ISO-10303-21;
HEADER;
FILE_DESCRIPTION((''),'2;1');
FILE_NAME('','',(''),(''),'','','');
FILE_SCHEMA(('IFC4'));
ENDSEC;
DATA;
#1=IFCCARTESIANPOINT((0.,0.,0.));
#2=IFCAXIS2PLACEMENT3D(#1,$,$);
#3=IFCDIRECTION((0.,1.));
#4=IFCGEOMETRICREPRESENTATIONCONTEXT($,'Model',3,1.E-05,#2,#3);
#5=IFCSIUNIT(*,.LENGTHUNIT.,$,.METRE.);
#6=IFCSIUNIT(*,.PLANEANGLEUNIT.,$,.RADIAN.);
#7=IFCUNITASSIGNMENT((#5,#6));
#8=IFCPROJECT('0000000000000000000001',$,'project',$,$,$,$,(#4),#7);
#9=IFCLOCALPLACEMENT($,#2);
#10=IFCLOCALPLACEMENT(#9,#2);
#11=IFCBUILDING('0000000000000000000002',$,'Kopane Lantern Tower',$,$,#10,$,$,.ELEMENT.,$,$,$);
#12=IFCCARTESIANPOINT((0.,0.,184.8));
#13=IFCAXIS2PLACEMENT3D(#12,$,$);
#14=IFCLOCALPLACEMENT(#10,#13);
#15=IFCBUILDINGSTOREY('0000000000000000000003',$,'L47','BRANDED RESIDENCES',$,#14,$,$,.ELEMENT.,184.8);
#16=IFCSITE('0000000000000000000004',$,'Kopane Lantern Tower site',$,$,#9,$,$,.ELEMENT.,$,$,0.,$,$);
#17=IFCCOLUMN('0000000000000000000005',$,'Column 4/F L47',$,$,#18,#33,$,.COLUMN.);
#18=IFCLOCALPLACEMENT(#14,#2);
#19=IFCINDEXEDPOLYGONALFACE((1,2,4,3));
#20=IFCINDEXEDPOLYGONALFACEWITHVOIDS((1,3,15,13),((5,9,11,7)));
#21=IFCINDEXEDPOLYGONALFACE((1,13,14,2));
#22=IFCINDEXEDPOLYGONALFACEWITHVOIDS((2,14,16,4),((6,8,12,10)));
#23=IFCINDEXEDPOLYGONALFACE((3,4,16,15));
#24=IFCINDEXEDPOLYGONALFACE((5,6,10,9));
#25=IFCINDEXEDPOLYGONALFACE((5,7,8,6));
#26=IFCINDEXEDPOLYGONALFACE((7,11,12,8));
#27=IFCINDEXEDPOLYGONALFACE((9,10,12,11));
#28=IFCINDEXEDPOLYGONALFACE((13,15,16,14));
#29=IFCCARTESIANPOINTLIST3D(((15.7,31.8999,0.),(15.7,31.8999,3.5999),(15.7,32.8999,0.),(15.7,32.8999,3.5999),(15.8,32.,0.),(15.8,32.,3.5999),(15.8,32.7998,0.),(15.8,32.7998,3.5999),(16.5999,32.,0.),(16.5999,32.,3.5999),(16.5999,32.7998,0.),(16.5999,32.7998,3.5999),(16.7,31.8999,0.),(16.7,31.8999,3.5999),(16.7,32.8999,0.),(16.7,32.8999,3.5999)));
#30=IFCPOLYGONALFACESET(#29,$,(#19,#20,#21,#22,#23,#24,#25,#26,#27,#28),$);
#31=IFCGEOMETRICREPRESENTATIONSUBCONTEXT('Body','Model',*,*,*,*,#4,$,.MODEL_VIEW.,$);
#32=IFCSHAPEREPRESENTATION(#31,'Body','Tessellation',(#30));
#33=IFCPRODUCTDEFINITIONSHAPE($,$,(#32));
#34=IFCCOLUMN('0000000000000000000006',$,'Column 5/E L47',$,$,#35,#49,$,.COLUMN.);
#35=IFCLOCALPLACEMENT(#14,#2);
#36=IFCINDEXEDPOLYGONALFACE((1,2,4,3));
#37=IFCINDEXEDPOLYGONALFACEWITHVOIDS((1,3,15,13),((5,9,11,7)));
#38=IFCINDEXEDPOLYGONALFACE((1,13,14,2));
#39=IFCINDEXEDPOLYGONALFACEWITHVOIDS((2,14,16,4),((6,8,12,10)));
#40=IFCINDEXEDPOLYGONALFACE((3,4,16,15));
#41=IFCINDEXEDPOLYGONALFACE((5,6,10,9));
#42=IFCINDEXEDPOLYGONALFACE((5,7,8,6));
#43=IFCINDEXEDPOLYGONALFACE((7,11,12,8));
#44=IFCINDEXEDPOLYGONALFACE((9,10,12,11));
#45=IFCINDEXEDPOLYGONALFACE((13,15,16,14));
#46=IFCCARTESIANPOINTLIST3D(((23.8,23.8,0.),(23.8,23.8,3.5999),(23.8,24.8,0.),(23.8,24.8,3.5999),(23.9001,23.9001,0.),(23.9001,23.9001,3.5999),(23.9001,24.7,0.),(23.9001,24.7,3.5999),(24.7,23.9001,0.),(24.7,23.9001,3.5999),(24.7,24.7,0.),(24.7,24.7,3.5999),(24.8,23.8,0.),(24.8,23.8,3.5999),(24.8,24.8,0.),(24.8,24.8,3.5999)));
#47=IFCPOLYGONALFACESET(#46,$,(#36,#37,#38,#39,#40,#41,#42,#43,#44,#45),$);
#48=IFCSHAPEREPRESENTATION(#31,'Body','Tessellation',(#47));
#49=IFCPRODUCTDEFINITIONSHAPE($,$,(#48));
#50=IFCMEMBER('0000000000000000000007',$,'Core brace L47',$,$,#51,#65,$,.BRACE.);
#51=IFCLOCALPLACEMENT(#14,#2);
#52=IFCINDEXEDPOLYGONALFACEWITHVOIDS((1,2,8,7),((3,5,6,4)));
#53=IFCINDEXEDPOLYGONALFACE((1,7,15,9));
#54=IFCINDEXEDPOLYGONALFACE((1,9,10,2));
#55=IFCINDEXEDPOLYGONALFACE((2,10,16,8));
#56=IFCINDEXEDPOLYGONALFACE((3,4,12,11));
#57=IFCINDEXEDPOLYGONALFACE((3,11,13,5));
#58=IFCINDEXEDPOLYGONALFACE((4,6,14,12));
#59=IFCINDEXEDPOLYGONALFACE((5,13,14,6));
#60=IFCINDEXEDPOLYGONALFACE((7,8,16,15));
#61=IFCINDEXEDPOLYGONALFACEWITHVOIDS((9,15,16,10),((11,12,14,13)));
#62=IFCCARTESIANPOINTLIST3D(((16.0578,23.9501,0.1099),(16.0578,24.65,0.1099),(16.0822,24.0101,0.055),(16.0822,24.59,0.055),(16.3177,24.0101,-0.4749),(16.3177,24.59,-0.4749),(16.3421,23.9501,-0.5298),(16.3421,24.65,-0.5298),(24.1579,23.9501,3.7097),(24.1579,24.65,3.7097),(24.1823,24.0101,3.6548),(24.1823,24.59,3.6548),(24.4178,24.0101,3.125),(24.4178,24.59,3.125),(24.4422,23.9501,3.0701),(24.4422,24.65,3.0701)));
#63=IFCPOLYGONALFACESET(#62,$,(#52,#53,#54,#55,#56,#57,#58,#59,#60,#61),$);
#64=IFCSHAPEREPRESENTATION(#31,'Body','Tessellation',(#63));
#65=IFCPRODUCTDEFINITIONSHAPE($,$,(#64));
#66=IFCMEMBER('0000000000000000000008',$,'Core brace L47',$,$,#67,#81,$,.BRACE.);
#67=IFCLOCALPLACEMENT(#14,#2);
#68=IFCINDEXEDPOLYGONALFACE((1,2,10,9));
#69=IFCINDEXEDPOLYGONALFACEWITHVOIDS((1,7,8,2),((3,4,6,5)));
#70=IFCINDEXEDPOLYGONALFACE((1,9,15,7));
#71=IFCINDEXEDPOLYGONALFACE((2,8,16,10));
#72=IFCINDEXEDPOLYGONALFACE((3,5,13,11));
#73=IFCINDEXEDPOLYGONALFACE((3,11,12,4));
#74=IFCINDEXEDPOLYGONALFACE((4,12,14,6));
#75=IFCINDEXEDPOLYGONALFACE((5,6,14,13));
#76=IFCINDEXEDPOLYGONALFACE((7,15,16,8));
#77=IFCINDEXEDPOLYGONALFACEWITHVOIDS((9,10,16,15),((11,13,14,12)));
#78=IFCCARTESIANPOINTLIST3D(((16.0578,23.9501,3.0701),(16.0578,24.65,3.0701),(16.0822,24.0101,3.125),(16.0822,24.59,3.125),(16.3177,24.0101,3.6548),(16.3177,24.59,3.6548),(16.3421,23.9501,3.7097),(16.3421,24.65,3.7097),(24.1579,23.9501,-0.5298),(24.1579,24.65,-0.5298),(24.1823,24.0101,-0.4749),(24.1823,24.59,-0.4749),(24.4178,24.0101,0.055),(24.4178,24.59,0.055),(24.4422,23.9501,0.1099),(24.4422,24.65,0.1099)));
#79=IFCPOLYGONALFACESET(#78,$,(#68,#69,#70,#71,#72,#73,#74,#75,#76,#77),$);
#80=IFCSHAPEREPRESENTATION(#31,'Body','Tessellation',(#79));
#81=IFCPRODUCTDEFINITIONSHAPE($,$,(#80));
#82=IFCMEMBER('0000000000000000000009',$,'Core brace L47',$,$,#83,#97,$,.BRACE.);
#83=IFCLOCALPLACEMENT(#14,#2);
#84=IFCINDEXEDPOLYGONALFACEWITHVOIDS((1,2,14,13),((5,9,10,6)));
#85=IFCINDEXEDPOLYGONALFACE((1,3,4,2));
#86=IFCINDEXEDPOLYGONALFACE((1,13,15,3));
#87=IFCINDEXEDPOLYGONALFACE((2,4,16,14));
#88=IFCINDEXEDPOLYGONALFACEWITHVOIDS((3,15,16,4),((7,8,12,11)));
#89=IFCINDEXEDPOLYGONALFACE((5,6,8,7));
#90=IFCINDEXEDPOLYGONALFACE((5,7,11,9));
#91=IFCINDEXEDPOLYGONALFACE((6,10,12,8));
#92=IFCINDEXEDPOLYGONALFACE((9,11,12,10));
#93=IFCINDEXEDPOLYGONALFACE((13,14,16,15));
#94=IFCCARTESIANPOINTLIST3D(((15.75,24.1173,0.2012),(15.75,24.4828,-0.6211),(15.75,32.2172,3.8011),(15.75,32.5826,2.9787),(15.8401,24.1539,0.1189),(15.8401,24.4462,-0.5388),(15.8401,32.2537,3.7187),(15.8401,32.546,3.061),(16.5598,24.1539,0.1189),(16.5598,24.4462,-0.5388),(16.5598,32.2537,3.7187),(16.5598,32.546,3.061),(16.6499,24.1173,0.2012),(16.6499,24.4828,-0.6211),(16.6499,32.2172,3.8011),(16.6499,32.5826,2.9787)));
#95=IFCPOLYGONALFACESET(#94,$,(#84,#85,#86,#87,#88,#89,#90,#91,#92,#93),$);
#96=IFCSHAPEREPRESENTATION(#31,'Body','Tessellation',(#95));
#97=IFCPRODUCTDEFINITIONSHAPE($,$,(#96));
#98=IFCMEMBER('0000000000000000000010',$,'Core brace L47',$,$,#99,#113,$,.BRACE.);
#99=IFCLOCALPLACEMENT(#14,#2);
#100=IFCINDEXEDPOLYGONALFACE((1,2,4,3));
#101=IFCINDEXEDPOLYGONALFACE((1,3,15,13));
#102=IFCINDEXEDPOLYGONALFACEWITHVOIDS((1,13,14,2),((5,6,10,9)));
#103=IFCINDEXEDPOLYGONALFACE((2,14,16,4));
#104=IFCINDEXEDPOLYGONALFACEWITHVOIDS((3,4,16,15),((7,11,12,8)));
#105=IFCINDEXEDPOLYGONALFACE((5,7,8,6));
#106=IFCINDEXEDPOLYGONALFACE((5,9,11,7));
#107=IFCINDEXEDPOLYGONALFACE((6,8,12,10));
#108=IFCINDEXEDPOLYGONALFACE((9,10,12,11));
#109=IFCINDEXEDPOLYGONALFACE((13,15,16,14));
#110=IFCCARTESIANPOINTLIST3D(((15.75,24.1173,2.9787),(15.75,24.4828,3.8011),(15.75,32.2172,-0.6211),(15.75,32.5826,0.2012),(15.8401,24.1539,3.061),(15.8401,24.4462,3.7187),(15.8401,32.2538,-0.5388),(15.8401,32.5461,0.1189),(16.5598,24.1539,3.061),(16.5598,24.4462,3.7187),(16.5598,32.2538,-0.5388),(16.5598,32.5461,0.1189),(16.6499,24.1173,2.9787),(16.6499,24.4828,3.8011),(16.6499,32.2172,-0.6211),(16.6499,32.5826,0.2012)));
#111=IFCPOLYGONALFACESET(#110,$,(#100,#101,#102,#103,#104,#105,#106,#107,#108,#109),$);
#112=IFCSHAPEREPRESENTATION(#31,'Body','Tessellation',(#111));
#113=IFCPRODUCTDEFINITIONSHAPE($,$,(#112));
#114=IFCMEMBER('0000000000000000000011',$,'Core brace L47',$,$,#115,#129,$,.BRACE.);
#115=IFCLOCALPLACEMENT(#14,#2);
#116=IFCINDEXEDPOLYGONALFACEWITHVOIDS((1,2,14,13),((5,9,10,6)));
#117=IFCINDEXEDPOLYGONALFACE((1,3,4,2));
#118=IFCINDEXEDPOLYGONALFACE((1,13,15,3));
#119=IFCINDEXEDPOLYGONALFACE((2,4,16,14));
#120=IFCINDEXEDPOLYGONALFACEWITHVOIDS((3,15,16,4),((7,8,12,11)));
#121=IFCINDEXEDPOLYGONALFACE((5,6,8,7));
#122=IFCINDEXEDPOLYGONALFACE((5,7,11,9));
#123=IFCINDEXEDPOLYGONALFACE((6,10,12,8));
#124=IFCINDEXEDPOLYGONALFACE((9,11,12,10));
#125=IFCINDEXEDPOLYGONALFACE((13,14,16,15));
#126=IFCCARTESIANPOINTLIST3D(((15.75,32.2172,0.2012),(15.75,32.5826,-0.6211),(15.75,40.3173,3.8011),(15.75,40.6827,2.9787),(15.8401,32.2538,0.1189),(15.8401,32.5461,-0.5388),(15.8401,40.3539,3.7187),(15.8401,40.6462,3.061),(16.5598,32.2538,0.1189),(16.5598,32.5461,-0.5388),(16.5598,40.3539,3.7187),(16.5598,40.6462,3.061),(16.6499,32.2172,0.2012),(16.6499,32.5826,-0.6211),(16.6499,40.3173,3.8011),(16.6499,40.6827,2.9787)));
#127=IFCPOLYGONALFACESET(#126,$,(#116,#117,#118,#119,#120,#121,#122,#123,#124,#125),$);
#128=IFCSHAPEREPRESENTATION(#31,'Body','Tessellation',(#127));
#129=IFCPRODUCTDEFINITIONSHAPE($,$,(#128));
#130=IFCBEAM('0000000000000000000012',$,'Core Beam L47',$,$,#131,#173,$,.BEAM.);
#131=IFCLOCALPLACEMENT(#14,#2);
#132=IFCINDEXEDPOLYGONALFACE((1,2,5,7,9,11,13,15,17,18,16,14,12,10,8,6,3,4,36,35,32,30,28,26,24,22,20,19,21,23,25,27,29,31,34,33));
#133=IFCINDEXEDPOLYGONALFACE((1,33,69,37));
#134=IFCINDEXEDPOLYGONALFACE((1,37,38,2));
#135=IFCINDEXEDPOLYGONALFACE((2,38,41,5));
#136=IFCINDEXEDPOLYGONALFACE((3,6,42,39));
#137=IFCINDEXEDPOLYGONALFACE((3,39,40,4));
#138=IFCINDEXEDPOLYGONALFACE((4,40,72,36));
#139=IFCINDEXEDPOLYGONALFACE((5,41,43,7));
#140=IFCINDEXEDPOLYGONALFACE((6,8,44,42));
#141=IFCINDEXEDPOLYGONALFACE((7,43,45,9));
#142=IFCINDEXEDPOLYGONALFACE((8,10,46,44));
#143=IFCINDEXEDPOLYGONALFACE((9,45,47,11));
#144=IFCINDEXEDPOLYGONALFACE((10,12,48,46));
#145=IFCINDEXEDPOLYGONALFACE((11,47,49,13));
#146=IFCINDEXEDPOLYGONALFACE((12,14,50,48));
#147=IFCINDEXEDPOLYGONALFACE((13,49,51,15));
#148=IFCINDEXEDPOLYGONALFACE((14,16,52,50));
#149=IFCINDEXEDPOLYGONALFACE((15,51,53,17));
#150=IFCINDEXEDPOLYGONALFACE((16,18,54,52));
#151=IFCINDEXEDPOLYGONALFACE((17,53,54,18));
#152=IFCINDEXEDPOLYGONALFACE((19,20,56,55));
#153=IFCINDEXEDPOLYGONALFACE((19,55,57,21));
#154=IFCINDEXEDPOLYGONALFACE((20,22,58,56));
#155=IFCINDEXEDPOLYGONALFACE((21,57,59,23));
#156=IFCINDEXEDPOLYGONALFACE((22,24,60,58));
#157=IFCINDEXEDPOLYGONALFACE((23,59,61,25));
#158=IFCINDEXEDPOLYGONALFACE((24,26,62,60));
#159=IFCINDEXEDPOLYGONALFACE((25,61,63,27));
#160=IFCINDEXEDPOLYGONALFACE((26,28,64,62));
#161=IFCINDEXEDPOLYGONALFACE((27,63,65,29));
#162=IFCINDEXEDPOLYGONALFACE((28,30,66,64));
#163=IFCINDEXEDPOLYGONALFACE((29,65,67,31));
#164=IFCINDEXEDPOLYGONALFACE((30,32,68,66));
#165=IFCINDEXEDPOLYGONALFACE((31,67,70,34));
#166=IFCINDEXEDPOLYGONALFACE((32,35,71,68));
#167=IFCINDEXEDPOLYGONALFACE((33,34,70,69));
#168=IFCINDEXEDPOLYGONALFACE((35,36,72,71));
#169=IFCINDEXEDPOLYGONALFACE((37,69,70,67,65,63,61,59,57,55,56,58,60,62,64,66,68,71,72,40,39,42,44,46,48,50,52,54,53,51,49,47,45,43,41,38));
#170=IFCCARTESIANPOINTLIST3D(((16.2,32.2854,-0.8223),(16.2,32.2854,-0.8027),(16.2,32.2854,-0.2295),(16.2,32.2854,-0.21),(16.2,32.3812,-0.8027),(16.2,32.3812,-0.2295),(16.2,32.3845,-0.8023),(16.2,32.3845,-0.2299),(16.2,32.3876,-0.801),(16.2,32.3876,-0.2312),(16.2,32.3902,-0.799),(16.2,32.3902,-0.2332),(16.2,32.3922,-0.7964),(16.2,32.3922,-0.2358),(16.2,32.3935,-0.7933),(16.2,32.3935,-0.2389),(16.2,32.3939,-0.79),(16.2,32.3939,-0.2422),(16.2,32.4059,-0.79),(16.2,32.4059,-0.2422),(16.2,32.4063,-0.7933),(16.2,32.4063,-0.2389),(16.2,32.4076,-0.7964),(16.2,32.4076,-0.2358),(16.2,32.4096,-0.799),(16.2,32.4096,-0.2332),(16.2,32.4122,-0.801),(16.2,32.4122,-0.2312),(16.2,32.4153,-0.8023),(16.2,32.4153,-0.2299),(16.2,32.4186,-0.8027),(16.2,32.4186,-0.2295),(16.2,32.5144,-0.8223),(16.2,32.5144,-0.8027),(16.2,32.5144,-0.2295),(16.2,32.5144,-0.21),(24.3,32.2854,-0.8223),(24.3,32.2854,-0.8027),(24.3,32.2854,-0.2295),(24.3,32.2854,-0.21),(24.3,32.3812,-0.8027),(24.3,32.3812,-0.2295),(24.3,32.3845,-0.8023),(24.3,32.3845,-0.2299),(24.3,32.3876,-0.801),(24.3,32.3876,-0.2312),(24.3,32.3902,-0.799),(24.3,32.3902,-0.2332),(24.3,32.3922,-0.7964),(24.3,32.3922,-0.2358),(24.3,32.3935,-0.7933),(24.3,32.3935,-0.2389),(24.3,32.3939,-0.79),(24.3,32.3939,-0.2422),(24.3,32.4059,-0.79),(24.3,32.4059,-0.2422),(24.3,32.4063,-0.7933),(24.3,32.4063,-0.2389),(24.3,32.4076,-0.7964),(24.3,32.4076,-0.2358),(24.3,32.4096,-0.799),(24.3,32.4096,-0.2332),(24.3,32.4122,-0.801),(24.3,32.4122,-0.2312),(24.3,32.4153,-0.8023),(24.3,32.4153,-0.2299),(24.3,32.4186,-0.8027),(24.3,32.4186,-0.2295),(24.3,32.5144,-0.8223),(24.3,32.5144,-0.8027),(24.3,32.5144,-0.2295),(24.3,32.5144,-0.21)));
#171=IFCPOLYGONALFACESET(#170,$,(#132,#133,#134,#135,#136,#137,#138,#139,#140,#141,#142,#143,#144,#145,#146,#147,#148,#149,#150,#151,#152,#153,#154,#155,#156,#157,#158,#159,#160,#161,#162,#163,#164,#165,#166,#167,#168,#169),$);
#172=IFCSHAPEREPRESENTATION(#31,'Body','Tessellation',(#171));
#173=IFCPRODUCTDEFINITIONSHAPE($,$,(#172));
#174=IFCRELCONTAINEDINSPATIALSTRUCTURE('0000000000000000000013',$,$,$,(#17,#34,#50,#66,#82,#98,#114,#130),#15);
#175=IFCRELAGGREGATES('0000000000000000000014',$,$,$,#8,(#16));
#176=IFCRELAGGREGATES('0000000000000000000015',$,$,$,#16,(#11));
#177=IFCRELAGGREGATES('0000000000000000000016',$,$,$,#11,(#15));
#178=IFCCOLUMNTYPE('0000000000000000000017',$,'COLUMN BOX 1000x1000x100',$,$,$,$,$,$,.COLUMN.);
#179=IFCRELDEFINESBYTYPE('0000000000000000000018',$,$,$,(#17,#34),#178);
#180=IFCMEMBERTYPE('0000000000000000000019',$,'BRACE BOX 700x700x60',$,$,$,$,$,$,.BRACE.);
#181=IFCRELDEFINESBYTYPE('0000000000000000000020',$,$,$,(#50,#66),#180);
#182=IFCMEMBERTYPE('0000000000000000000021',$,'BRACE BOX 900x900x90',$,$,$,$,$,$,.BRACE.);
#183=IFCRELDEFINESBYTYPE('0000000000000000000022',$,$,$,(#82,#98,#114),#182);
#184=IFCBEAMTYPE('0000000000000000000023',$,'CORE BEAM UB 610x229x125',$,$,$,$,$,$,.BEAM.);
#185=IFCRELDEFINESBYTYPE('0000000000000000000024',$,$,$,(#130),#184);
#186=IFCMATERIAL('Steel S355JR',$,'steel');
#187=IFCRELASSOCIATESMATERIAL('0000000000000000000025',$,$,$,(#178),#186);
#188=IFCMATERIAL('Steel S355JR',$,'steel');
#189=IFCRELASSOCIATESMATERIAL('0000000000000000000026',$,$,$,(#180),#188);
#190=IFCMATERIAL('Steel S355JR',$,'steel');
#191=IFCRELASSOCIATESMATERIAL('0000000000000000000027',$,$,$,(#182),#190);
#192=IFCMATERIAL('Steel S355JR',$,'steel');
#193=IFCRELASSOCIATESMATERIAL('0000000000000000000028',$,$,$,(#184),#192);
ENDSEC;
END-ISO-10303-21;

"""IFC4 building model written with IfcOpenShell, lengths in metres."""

from ifc_helpers import new_model, si_unit, direction, frame, origin, origin_2d, place, context, subcontext, project, spatial, hollow_rectangle, i_section, extrude, material, material_profile, profile_set, type_object, element, save


model = new_model("IFC4")

# Units and contexts
model_context = context("Model", 3, precision=1e-05, world=origin(), true_north=direction((0.0, 1.0)))
body_context = subcontext(model_context, "Body", "Model", "MODEL_VIEW")
ifc_project = project(units=[si_unit("LENGTHUNIT", "METRE"), si_unit("PLANEANGLEUNIT", "RADIAN")], contexts=[model_context])

# Site, building, storey
site_placement = place(None, origin())
site = spatial("IfcSite", under=ifc_project, at=site_placement, Name="Kopane Lantern Tower site", CompositionType="ELEMENT", RefElevation=0.0)
building_placement = place(site_placement, origin())
building = spatial("IfcBuilding", under=site, at=building_placement, Name="Kopane Lantern Tower", CompositionType="ELEMENT")
storey_placement = place(building_placement, frame((0.0, 0.0, 184.8)))
storey = spatial("IfcBuildingStorey", under=building, at=storey_placement, Name="L47", Description="BRANDED RESIDENCES", CompositionType="ELEMENT", Elevation=184.8)

# Columns
ifc_material_1 = material(Name="Steel S355JR", Category="steel")
ifc_material_profile_1 = material_profile(ifc_material_1, hollow_rectangle(XDim=1.0, YDim=1.0, WallThickness=0.1001, at=origin_2d()), Name="BOX 1000x1000x100")
ifc_profile_set_1 = profile_set([ifc_material_profile_1], Name="Steel S355JR")
column_type = type_object("IfcColumnType", Name="COLUMN BOX 1000x1000x100", PredefinedType="COLUMN", material=ifc_profile_set_1)
for number, where, z_axis, x_axis, name in (
    (1, (16.2, 32.3999, 0.0), (0.0, 0.0, 1.0), (1.0, 0.0, 0.0), "Column 4/F L47"),
    (2, (24.3, 24.3, 0.0), (0.0, 0.0, 1.0), (1.0, 0.0, 0.0), "Column 5/E L47"),
):
    element("IfcColumn", number, at=place(storey_placement, frame(where, z_axis=z_axis, x_axis=x_axis)), inside=storey, type_object=column_type, Name=name, PredefinedType="COLUMN", context=body_context, shape_type="SweptSolid", body=[
        extrude(hollow_rectangle(XDim=1.0, YDim=1.0, WallThickness=0.1001, at=origin_2d()), origin(), (0.0, 0.0, 1.0), 3.5999),
    ])

# Members
ifc_material_2 = material(Name="Steel S355JR", Category="steel")
ifc_material_profile_2 = material_profile(ifc_material_2, hollow_rectangle(XDim=0.7, YDim=0.7, WallThickness=0.0601, at=origin_2d()), Name="BOX 700x700x60")
ifc_profile_set_2 = profile_set([ifc_material_profile_2], Name="Steel S355JR")
member_type_1 = type_object("IfcMemberType", Name="BRACE BOX 700x700x60", PredefinedType="BRACE", material=ifc_profile_set_2)
for number, where, z_axis, x_axis, name in (
    (3, (16.2, 24.3, -0.21), (0.913819, 0.0, 0.406121), (0.0, 1.0, 0.0), "Core brace L47"),
    (4, (24.3, 24.3, -0.21), (-0.913819, 0.0, 0.406121), (0.0, -1.0, 0.0), "Core brace L47"),
):
    element("IfcMember", number, at=place(storey_placement, frame(where, z_axis=z_axis, x_axis=x_axis)), inside=storey, type_object=member_type_1, Name=name, PredefinedType="BRACE", context=body_context, shape_type="SweptSolid", body=[
        extrude(hollow_rectangle(XDim=0.7, YDim=0.7, WallThickness=0.0601, at=origin_2d()), origin(), (0.0, 0.0, 1.0), 8.864),
    ])
ifc_material_3 = material(Name="Steel S355JR", Category="steel")
ifc_material_profile_3 = material_profile(ifc_material_3, hollow_rectangle(XDim=0.8999, YDim=0.8999, WallThickness=0.0901, at=origin_2d()), Name="BOX 900x900x90")
ifc_profile_set_3 = profile_set([ifc_material_profile_3], Name="Steel S355JR")
member_type_2 = type_object("IfcMemberType", Name="BRACE BOX 900x900x90", PredefinedType="BRACE", material=ifc_profile_set_3)
for number, where, z_axis, x_axis, name in (
    (5, (16.2, 24.3, -0.21), (0.0, 0.913815, 0.406131), (-1.0, 0.0, 0.0), "Core brace L47"),
    (6, (16.2, 32.3999, -0.21), (0.0, -0.913815, 0.406131), (1.0, 0.0, 0.0), "Core brace L47"),
):
    element("IfcMember", number, at=place(storey_placement, frame(where, z_axis=z_axis, x_axis=x_axis)), inside=storey, type_object=member_type_2, Name=name, PredefinedType="BRACE", context=body_context, shape_type="SweptSolid", body=[
        extrude(hollow_rectangle(XDim=0.8999, YDim=0.8999, WallThickness=0.0901, at=origin_2d()), origin(), (0.0, 0.0, 1.0), 8.8638),
    ])
member_placement = place(storey_placement, frame((16.2, 32.3999, -0.21), z_axis=(0.0, 0.913819, 0.406121), x_axis=(-1.0, 0.0, 0.0)))
element("IfcMember", 7, at=member_placement, inside=storey, type_object=member_type_2, Name="Core brace L47", PredefinedType="BRACE", context=body_context, shape_type="SweptSolid", body=[
    extrude(hollow_rectangle(XDim=0.8999, YDim=0.8999, WallThickness=0.0901, at=origin_2d()), origin(), (0.0, 0.0, 1.0), 8.864),
])

# Beam
ifc_material_4 = material(Name="Steel S355JR", Category="steel")
ifc_material_profile_4 = material_profile(ifc_material_4, i_section(OverallWidth=0.229, OverallDepth=0.6123, WebThickness=0.012, FlangeThickness=0.0195, FilletRadius=0.0127, at=origin_2d()), Name="UB 610x229x125")
ifc_profile_set_4 = profile_set([ifc_material_profile_4], Name="Steel S355JR")
beam_type_1 = type_object("IfcBeamType", Name="CORE BEAM UB 610x229x125", PredefinedType="BEAM", material=ifc_profile_set_4)
beam_1_placement = place(storey_placement, frame((16.2, 32.3999, -0.5161), z_axis=(1.0, 0.0, 0.0), x_axis=(0.0, 1.0, 0.0)))
element("IfcBeam", 8, at=beam_1_placement, inside=storey, type_object=beam_type_1, Name="Core Beam L47", PredefinedType="BEAM", context=body_context, shape_type="SweptSolid", body=[
    extrude(i_section(OverallWidth=0.229, OverallDepth=0.6123, WebThickness=0.012, FlangeThickness=0.0195, FilletRadius=0.0127, at=origin_2d()), origin(), (0.0, 0.0, 1.0), 8.1001),
])

save(model, "model.ifc")
